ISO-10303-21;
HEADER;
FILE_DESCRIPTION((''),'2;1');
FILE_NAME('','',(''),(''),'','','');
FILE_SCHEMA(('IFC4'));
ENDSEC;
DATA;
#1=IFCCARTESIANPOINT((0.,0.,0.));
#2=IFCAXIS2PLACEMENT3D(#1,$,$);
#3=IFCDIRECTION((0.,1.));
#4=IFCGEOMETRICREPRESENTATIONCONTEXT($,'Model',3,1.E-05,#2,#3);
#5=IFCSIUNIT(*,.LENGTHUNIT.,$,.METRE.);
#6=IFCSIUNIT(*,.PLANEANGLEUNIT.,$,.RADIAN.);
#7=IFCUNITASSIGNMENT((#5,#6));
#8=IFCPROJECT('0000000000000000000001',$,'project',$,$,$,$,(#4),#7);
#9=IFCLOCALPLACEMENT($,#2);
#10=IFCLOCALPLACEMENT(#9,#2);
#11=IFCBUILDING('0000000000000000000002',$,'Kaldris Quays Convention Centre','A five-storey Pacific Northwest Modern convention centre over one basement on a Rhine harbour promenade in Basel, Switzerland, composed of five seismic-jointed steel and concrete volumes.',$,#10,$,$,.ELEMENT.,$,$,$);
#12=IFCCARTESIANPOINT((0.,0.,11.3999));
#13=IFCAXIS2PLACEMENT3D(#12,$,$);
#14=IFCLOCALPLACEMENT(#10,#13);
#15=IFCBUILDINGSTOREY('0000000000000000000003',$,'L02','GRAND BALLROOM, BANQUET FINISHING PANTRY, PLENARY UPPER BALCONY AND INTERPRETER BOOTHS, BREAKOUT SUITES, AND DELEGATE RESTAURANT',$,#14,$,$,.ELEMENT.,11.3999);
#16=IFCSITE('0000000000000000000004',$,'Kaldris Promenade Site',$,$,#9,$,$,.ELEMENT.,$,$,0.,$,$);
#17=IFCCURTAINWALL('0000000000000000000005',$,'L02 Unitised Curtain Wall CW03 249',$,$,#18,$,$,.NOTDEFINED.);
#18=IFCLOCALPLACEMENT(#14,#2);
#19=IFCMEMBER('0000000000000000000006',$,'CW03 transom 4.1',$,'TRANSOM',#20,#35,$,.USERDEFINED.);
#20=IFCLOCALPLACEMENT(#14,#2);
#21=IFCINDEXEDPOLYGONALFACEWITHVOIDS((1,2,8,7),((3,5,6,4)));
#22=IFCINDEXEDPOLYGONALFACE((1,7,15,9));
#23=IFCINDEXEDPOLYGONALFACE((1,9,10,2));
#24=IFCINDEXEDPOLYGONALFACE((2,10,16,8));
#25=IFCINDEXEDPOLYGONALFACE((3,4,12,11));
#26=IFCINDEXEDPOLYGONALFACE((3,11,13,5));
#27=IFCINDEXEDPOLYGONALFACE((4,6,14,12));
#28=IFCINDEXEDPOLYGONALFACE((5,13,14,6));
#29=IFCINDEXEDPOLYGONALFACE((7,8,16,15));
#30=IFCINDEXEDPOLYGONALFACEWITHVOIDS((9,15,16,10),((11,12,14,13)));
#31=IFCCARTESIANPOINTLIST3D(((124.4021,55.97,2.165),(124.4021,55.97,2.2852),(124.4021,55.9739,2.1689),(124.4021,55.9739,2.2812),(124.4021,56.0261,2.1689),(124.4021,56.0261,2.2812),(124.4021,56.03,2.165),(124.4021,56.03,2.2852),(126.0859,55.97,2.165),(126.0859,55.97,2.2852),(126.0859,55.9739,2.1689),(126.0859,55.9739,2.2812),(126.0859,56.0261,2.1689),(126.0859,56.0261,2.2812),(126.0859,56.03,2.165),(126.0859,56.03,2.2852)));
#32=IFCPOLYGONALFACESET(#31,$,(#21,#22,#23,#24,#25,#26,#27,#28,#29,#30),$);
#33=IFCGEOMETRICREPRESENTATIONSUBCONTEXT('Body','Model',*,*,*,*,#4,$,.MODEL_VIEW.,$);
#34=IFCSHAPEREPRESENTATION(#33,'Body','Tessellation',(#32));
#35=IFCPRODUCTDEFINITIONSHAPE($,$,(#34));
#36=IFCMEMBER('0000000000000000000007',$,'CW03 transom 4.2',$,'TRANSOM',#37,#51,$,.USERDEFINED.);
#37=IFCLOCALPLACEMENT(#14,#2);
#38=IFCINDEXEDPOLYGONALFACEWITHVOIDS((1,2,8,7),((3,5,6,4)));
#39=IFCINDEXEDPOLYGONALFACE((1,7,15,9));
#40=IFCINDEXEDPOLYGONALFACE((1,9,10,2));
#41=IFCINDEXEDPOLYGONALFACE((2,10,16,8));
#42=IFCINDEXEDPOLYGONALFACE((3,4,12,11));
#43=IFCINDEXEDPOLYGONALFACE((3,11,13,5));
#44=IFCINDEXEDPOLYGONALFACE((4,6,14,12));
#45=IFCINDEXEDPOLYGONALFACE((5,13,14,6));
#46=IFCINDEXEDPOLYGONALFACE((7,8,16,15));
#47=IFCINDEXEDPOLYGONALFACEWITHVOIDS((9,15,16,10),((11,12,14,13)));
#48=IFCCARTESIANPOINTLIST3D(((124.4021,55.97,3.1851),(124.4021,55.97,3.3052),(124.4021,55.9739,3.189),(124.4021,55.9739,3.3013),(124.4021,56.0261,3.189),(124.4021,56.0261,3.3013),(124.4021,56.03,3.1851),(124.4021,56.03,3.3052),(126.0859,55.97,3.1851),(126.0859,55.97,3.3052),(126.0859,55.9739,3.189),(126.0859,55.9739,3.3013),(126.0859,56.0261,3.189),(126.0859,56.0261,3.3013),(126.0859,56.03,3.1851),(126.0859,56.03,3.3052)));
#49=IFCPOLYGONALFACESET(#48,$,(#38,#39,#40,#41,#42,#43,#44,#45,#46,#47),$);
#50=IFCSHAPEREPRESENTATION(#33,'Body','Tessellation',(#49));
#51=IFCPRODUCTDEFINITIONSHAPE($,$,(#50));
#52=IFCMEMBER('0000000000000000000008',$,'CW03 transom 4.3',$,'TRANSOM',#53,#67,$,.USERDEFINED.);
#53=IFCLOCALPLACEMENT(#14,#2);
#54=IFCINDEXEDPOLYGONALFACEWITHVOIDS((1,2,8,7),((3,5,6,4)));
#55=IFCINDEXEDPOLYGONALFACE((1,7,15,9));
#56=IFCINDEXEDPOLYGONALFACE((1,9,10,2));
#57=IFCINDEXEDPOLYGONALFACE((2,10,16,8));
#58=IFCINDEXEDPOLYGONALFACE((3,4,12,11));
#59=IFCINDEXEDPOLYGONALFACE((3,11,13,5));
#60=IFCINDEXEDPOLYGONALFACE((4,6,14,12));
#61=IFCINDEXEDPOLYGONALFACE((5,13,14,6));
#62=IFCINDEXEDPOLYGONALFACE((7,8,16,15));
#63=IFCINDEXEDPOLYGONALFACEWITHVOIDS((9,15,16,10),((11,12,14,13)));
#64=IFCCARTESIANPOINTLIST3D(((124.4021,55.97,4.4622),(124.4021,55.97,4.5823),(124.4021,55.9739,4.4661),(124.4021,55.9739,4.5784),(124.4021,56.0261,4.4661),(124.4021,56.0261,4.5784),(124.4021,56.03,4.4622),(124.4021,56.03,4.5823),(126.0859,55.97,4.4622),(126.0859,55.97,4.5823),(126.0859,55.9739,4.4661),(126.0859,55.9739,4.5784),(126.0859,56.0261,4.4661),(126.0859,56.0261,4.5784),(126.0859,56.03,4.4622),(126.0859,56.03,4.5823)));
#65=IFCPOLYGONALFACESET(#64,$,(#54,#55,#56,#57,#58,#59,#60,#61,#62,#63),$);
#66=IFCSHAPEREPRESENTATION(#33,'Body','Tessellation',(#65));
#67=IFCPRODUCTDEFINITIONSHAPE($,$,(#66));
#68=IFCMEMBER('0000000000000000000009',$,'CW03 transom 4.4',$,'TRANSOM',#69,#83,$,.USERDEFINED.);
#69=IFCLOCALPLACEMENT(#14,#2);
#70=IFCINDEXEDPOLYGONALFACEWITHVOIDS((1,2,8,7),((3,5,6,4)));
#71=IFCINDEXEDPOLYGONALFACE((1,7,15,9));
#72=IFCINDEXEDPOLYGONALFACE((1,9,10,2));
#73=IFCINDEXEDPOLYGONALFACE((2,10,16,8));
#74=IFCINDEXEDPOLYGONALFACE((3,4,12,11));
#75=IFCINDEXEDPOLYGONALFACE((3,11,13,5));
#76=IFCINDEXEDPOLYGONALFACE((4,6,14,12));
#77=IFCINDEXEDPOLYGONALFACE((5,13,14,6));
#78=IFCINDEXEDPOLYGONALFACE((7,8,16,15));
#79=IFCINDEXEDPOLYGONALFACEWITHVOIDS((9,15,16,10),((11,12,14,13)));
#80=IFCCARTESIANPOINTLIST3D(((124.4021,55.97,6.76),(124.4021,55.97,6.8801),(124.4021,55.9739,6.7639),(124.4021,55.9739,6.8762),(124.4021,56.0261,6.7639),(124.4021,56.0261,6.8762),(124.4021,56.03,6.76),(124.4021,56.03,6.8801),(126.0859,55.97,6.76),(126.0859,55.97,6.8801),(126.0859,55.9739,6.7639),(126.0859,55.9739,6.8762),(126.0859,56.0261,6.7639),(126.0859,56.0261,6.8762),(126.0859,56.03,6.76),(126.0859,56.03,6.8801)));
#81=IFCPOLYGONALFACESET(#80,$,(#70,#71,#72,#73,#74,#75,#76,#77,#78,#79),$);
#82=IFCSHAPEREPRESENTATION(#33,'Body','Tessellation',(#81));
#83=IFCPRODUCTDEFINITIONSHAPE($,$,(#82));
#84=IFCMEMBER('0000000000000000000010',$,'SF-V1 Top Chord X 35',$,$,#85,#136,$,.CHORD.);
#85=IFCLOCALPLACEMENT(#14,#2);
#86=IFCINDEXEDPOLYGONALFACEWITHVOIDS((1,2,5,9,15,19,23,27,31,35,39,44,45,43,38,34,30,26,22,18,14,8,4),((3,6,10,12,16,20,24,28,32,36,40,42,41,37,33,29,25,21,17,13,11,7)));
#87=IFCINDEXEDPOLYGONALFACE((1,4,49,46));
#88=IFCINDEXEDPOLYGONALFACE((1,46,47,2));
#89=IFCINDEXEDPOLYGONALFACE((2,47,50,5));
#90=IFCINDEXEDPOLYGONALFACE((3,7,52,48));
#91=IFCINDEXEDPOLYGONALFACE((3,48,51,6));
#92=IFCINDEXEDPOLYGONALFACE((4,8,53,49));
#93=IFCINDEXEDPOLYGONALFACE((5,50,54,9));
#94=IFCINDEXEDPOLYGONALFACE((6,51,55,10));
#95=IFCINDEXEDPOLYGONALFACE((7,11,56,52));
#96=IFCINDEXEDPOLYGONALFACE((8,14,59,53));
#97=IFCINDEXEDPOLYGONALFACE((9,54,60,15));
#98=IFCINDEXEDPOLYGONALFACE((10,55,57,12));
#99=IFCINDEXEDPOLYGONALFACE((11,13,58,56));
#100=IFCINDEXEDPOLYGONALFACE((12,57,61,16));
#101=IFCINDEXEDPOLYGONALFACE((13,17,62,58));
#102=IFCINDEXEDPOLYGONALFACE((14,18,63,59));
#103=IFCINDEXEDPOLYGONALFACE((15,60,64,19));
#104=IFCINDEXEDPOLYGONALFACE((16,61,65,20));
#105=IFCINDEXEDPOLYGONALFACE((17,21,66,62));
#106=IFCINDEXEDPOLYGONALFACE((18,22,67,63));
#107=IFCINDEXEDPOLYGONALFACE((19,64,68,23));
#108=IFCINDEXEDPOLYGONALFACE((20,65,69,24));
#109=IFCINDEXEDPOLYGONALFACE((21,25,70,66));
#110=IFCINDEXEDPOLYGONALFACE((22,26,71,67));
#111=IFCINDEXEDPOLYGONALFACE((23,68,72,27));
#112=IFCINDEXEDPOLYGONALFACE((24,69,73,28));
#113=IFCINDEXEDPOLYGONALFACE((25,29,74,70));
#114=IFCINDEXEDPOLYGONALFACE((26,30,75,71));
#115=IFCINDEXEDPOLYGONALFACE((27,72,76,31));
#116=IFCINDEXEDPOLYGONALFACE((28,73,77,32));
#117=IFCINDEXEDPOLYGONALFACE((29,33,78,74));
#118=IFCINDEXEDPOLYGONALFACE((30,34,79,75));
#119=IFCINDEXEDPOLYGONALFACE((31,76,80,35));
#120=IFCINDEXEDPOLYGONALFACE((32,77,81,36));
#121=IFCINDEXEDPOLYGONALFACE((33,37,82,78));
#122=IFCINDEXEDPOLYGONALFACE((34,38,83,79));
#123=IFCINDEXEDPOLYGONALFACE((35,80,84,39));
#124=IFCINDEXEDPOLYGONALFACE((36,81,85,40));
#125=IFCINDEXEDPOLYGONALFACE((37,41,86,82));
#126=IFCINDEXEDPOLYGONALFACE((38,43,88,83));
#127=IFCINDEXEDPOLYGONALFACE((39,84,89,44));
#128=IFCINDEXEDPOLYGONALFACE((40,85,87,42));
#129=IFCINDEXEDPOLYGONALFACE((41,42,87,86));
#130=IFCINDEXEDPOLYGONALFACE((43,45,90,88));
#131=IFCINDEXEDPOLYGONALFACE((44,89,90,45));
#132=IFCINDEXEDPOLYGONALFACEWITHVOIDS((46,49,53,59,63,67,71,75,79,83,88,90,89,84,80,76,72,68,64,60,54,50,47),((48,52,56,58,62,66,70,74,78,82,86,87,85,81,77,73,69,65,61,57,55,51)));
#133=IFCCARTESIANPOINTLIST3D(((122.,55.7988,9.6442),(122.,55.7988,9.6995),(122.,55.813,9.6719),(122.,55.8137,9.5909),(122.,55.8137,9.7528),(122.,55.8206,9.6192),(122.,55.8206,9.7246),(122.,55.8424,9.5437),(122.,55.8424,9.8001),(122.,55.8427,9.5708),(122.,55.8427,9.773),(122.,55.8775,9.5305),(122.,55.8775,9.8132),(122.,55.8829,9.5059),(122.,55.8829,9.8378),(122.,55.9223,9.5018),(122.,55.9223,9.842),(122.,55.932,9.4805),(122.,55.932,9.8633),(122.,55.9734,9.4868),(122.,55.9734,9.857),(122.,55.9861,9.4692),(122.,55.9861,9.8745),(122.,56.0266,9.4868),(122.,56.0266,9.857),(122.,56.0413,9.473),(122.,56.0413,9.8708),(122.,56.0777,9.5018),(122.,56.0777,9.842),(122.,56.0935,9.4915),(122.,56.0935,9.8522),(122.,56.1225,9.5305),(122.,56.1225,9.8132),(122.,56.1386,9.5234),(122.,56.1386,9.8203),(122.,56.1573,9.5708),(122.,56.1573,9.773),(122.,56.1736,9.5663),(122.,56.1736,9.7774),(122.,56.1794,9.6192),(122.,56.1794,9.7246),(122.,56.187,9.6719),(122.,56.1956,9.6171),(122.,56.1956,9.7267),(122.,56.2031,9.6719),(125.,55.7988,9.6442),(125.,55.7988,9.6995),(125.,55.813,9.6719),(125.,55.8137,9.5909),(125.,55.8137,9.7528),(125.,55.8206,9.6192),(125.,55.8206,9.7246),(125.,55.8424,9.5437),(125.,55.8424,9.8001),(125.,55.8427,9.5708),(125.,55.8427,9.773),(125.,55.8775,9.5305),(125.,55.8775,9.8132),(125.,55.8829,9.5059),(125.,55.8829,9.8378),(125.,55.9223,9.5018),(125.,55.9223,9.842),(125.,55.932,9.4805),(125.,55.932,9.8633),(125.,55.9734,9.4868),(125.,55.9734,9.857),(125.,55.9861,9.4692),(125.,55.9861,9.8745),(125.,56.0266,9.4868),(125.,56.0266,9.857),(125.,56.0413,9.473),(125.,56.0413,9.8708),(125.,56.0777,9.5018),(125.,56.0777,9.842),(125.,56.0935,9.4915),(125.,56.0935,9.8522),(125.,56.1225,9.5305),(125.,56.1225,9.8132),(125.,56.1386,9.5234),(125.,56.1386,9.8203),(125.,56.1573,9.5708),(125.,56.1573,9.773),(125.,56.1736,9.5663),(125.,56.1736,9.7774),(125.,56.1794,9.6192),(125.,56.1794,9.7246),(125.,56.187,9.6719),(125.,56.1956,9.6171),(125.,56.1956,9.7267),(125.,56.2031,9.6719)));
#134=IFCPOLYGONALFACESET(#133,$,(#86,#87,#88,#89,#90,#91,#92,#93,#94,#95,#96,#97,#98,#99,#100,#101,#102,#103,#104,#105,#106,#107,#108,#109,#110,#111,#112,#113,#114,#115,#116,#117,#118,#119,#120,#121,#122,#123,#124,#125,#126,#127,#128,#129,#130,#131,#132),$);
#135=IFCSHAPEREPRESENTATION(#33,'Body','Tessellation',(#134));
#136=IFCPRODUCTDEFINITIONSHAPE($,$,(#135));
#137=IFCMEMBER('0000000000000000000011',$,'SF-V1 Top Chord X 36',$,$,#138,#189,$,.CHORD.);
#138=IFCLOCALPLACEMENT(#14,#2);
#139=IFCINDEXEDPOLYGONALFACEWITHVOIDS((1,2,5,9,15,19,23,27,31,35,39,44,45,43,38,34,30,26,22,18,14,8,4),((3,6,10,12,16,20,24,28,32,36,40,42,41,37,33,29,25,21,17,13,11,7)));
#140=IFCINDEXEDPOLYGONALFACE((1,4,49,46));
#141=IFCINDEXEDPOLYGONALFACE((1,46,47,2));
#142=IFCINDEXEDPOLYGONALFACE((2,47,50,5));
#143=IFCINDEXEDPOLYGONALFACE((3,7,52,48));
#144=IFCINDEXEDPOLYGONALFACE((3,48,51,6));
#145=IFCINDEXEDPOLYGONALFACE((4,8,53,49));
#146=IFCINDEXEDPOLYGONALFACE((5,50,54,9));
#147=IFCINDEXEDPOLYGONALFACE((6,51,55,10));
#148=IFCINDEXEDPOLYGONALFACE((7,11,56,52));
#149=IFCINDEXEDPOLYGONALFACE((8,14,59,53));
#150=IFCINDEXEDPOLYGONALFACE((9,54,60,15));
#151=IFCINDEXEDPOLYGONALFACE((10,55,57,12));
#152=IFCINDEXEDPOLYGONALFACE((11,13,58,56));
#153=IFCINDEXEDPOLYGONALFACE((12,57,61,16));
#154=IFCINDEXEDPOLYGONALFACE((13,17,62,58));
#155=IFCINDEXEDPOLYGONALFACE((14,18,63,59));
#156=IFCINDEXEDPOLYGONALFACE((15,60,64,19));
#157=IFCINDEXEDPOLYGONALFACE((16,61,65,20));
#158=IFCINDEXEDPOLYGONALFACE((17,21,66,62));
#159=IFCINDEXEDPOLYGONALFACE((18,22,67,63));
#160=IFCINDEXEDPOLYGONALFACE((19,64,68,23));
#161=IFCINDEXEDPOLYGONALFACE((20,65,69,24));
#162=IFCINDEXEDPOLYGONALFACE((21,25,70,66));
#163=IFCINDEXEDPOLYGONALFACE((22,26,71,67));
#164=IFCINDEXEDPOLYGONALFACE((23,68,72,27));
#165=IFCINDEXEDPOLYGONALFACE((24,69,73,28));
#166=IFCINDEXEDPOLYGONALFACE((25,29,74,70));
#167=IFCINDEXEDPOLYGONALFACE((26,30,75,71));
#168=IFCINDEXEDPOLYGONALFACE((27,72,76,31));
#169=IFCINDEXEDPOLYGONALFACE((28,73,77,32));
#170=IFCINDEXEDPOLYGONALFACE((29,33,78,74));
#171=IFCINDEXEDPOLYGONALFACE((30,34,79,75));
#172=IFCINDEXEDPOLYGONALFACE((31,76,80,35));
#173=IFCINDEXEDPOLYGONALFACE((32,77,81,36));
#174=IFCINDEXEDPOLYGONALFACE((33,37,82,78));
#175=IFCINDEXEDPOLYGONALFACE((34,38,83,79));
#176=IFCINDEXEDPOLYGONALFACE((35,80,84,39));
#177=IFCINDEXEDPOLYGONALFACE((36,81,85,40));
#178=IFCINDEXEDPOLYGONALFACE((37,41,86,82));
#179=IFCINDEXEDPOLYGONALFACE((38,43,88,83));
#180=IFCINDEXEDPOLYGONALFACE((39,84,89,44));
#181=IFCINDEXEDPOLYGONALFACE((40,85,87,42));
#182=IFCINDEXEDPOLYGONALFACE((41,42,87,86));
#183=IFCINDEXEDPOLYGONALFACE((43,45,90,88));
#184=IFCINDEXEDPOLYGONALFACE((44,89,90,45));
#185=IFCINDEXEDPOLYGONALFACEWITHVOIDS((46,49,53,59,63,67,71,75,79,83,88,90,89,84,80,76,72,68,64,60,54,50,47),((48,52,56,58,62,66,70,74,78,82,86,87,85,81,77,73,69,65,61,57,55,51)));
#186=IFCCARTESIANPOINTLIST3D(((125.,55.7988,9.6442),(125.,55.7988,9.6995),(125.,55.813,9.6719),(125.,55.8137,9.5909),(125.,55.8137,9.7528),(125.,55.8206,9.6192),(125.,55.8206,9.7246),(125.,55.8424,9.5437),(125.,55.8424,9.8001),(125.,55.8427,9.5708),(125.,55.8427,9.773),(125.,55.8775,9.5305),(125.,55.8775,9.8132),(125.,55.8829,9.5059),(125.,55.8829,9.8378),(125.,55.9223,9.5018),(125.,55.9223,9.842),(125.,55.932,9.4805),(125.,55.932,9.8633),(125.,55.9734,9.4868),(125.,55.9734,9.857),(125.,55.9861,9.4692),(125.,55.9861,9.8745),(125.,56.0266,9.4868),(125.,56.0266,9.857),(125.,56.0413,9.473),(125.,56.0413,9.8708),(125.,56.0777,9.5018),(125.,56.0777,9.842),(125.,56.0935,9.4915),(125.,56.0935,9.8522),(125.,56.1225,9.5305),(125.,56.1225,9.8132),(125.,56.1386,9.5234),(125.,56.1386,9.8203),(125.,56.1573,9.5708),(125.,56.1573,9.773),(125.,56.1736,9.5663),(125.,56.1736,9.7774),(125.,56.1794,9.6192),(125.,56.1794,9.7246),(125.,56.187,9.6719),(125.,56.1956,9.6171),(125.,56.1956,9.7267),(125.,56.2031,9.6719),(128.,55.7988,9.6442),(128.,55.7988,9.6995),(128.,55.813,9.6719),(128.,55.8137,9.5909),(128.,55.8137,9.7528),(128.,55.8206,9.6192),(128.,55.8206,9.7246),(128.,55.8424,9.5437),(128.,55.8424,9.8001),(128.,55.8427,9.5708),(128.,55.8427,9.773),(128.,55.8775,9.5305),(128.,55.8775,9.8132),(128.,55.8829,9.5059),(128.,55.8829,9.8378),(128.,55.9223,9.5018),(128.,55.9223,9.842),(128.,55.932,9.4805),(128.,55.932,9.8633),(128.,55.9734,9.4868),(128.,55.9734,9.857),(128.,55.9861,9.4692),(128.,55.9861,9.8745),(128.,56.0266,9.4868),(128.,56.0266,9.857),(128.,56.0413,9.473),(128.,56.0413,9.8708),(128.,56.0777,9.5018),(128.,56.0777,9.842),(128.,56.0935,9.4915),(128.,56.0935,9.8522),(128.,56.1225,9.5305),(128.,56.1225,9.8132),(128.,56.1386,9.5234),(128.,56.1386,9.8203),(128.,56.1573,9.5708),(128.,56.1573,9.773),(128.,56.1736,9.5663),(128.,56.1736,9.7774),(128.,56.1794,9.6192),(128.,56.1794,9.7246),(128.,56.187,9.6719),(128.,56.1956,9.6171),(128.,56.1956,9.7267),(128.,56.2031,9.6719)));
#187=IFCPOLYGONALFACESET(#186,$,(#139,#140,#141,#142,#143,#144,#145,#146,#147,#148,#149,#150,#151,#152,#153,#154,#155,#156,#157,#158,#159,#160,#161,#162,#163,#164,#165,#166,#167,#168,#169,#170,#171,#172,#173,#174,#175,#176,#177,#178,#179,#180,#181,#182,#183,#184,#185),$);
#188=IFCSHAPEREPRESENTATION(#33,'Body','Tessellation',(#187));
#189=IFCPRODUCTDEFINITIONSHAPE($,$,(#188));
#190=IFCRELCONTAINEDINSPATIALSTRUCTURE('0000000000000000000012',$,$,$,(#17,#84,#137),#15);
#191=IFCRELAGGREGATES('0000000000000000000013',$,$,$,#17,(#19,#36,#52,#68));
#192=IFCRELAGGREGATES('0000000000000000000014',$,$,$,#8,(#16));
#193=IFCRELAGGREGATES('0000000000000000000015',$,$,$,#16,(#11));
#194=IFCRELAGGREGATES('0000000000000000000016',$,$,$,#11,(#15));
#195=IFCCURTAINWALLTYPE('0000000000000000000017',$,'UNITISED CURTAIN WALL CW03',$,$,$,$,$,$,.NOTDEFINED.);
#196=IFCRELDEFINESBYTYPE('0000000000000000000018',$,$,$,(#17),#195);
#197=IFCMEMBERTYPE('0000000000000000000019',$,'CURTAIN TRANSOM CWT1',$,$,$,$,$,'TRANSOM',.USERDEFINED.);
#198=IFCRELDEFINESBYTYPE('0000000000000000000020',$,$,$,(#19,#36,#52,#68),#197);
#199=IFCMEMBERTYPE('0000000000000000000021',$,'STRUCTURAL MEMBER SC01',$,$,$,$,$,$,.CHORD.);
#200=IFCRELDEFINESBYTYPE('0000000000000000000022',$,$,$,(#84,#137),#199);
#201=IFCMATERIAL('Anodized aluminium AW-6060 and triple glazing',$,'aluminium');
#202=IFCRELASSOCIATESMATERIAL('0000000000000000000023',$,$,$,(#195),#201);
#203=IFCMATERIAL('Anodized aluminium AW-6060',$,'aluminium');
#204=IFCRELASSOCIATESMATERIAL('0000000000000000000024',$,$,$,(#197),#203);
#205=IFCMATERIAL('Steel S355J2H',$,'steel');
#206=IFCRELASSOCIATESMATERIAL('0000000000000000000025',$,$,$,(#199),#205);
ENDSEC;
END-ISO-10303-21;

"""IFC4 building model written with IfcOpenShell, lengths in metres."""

from ifc_helpers import new_model, si_unit, direction, frame, origin, origin_2d, place, context, subcontext, project, spatial, hollow_rectangle, hollow_circle, extrude, material, material_profile, profile_set, type_object, element, aggregate, save


model = new_model("IFC4")

# Units and contexts
model_context = context("Model", 3, precision=1e-05, world=origin(), true_north=direction((0.0, 1.0)))
body_context = subcontext(model_context, "Body", "Model", "MODEL_VIEW")
ifc_project = project(units=[si_unit("LENGTHUNIT", "METRE"), si_unit("PLANEANGLEUNIT", "RADIAN")], contexts=[model_context])

# Site, building, storey
site_placement = place(None, origin())
site = spatial("IfcSite", under=ifc_project, at=site_placement, Name="Kaldris Promenade Site", CompositionType="ELEMENT", RefElevation=0.0)
building_placement = place(site_placement, origin())
building = spatial("IfcBuilding", under=site, at=building_placement, Name="Kaldris Quays Convention Centre", Description="A five-storey Pacific Northwest Modern convention centre over one basement on a Rhine harbour promenade in Basel, Switzerland, composed of five seismic-jointed steel and concrete volumes.", CompositionType="ELEMENT")
storey_placement = place(building_placement, frame((0.0, 0.0, 11.3999)))
storey = spatial("IfcBuildingStorey", under=building, at=storey_placement, Name="L02", Description="GRAND BALLROOM, BANQUET FINISHING PANTRY, PLENARY UPPER BALCONY AND INTERPRETER BOOTHS, BREAKOUT SUITES, AND DELEGATE RESTAURANT", CompositionType="ELEMENT", Elevation=11.3999)

# Curtain wall, members
ifc_material_1 = material(Name="Anodized aluminium AW-6060 and triple glazing", Category="aluminium")
curtain_wall_type = type_object("IfcCurtainWallType", Name="UNITISED CURTAIN WALL CW03", PredefinedType="NOTDEFINED", material=ifc_material_1)
curtain_wall_placement = place(storey_placement, origin())
curtain_wall = element("IfcCurtainWall", 1, at=curtain_wall_placement, inside=storey, type_object=curtain_wall_type, Name="L02 Unitised Curtain Wall CW03 249", PredefinedType="NOTDEFINED")
ifc_material_2 = material(Name="Anodized aluminium AW-6060", Category="aluminium")
ifc_material_profile_1 = material_profile(ifc_material_2, hollow_rectangle(XDim=0.0601, YDim=0.1201, WallThickness=0.0039, at=origin_2d()), Name="RHS 120x60x4")
ifc_profile_set_1 = profile_set([ifc_material_profile_1], Name="Anodized aluminium AW-6060")
member_type_1 = type_object("IfcMemberType", Name="CURTAIN TRANSOM CWT1", ElementType="TRANSOM", PredefinedType="USERDEFINED", material=ifc_profile_set_1)
member_1_placement = place(storey_placement, frame((124.4021, 56.0, 2.2251), z_axis=(1.0, 0.0, 0.0), x_axis=(0.0, 1.0, 0.0)))
member_1 = element("IfcMember", 2, at=member_1_placement, type_object=member_type_1, Name="CW03 transom 4.1", ObjectType="TRANSOM", PredefinedType="USERDEFINED", context=body_context, shape_type="SweptSolid", body=[
    extrude(hollow_rectangle(XDim=0.0601, YDim=0.1201, WallThickness=0.0039, at=origin_2d()), origin(), (0.0, 0.0, 1.0), 1.6838),
])
member_2_placement = place(storey_placement, frame((124.4021, 56.0, 3.2451), z_axis=(1.0, 0.0, 0.0), x_axis=(0.0, 1.0, 0.0)))
member_2 = element("IfcMember", 3, at=member_2_placement, type_object=member_type_1, Name="CW03 transom 4.2", ObjectType="TRANSOM", PredefinedType="USERDEFINED", context=body_context, shape_type="SweptSolid", body=[
    extrude(hollow_rectangle(XDim=0.0601, YDim=0.1201, WallThickness=0.0039, at=origin_2d()), origin(), (0.0, 0.0, 1.0), 1.6838),
])
member_3_placement = place(storey_placement, frame((124.4021, 56.0, 4.5222), z_axis=(1.0, 0.0, 0.0), x_axis=(0.0, 1.0, 0.0)))
member_3 = element("IfcMember", 4, at=member_3_placement, type_object=member_type_1, Name="CW03 transom 4.3", ObjectType="TRANSOM", PredefinedType="USERDEFINED", context=body_context, shape_type="SweptSolid", body=[
    extrude(hollow_rectangle(XDim=0.0601, YDim=0.1201, WallThickness=0.0039, at=origin_2d()), origin(), (0.0, 0.0, 1.0), 1.6838),
])
member_4_placement = place(storey_placement, frame((124.4021, 56.0, 6.8201), z_axis=(1.0, 0.0, 0.0), x_axis=(0.0, 1.0, 0.0)))
member_4 = element("IfcMember", 5, at=member_4_placement, type_object=member_type_1, Name="CW03 transom 4.4", ObjectType="TRANSOM", PredefinedType="USERDEFINED", context=body_context, shape_type="SweptSolid", body=[
    extrude(hollow_rectangle(XDim=0.0601, YDim=0.1201, WallThickness=0.0039, at=origin_2d()), origin(), (0.0, 0.0, 1.0), 1.6838),
])

# Members
ifc_material_3 = material(Name="Steel S355J2H", Category="steel")
ifc_material_profile_2 = material_profile(ifc_material_3, hollow_circle(Radius=0.2031, WallThickness=0.0161, at=origin_2d()), Name="CHS 406.4x16")
ifc_profile_set_2 = profile_set([ifc_material_profile_2], Name="Steel S355J2H")
member_type_2 = type_object("IfcMemberType", Name="STRUCTURAL MEMBER SC01", PredefinedType="CHORD", material=ifc_profile_set_2)
for number, where, z_axis, x_axis, name in (
    (6, (122.0, 56.0, 9.6719), (1.0, 0.0, 0.0), (0.0, 1.0, 0.0), "SF-V1 Top Chord X 35"),
    (7, (125.0, 56.0, 9.6719), (1.0, 0.0, 0.0), (0.0, 1.0, 0.0), "SF-V1 Top Chord X 36"),
):
    element("IfcMember", number, at=place(storey_placement, frame(where, z_axis=z_axis, x_axis=x_axis)), inside=storey, type_object=member_type_2, Name=name, PredefinedType="CHORD", context=body_context, shape_type="SweptSolid", body=[
        extrude(hollow_circle(Radius=0.2031, WallThickness=0.0161, at=origin_2d()), origin(), (0.0, 0.0, 1.0), 3.0),
    ])

aggregate(curtain_wall, [member_1, member_2, member_3, member_4])

save(model, "model.ifc")
